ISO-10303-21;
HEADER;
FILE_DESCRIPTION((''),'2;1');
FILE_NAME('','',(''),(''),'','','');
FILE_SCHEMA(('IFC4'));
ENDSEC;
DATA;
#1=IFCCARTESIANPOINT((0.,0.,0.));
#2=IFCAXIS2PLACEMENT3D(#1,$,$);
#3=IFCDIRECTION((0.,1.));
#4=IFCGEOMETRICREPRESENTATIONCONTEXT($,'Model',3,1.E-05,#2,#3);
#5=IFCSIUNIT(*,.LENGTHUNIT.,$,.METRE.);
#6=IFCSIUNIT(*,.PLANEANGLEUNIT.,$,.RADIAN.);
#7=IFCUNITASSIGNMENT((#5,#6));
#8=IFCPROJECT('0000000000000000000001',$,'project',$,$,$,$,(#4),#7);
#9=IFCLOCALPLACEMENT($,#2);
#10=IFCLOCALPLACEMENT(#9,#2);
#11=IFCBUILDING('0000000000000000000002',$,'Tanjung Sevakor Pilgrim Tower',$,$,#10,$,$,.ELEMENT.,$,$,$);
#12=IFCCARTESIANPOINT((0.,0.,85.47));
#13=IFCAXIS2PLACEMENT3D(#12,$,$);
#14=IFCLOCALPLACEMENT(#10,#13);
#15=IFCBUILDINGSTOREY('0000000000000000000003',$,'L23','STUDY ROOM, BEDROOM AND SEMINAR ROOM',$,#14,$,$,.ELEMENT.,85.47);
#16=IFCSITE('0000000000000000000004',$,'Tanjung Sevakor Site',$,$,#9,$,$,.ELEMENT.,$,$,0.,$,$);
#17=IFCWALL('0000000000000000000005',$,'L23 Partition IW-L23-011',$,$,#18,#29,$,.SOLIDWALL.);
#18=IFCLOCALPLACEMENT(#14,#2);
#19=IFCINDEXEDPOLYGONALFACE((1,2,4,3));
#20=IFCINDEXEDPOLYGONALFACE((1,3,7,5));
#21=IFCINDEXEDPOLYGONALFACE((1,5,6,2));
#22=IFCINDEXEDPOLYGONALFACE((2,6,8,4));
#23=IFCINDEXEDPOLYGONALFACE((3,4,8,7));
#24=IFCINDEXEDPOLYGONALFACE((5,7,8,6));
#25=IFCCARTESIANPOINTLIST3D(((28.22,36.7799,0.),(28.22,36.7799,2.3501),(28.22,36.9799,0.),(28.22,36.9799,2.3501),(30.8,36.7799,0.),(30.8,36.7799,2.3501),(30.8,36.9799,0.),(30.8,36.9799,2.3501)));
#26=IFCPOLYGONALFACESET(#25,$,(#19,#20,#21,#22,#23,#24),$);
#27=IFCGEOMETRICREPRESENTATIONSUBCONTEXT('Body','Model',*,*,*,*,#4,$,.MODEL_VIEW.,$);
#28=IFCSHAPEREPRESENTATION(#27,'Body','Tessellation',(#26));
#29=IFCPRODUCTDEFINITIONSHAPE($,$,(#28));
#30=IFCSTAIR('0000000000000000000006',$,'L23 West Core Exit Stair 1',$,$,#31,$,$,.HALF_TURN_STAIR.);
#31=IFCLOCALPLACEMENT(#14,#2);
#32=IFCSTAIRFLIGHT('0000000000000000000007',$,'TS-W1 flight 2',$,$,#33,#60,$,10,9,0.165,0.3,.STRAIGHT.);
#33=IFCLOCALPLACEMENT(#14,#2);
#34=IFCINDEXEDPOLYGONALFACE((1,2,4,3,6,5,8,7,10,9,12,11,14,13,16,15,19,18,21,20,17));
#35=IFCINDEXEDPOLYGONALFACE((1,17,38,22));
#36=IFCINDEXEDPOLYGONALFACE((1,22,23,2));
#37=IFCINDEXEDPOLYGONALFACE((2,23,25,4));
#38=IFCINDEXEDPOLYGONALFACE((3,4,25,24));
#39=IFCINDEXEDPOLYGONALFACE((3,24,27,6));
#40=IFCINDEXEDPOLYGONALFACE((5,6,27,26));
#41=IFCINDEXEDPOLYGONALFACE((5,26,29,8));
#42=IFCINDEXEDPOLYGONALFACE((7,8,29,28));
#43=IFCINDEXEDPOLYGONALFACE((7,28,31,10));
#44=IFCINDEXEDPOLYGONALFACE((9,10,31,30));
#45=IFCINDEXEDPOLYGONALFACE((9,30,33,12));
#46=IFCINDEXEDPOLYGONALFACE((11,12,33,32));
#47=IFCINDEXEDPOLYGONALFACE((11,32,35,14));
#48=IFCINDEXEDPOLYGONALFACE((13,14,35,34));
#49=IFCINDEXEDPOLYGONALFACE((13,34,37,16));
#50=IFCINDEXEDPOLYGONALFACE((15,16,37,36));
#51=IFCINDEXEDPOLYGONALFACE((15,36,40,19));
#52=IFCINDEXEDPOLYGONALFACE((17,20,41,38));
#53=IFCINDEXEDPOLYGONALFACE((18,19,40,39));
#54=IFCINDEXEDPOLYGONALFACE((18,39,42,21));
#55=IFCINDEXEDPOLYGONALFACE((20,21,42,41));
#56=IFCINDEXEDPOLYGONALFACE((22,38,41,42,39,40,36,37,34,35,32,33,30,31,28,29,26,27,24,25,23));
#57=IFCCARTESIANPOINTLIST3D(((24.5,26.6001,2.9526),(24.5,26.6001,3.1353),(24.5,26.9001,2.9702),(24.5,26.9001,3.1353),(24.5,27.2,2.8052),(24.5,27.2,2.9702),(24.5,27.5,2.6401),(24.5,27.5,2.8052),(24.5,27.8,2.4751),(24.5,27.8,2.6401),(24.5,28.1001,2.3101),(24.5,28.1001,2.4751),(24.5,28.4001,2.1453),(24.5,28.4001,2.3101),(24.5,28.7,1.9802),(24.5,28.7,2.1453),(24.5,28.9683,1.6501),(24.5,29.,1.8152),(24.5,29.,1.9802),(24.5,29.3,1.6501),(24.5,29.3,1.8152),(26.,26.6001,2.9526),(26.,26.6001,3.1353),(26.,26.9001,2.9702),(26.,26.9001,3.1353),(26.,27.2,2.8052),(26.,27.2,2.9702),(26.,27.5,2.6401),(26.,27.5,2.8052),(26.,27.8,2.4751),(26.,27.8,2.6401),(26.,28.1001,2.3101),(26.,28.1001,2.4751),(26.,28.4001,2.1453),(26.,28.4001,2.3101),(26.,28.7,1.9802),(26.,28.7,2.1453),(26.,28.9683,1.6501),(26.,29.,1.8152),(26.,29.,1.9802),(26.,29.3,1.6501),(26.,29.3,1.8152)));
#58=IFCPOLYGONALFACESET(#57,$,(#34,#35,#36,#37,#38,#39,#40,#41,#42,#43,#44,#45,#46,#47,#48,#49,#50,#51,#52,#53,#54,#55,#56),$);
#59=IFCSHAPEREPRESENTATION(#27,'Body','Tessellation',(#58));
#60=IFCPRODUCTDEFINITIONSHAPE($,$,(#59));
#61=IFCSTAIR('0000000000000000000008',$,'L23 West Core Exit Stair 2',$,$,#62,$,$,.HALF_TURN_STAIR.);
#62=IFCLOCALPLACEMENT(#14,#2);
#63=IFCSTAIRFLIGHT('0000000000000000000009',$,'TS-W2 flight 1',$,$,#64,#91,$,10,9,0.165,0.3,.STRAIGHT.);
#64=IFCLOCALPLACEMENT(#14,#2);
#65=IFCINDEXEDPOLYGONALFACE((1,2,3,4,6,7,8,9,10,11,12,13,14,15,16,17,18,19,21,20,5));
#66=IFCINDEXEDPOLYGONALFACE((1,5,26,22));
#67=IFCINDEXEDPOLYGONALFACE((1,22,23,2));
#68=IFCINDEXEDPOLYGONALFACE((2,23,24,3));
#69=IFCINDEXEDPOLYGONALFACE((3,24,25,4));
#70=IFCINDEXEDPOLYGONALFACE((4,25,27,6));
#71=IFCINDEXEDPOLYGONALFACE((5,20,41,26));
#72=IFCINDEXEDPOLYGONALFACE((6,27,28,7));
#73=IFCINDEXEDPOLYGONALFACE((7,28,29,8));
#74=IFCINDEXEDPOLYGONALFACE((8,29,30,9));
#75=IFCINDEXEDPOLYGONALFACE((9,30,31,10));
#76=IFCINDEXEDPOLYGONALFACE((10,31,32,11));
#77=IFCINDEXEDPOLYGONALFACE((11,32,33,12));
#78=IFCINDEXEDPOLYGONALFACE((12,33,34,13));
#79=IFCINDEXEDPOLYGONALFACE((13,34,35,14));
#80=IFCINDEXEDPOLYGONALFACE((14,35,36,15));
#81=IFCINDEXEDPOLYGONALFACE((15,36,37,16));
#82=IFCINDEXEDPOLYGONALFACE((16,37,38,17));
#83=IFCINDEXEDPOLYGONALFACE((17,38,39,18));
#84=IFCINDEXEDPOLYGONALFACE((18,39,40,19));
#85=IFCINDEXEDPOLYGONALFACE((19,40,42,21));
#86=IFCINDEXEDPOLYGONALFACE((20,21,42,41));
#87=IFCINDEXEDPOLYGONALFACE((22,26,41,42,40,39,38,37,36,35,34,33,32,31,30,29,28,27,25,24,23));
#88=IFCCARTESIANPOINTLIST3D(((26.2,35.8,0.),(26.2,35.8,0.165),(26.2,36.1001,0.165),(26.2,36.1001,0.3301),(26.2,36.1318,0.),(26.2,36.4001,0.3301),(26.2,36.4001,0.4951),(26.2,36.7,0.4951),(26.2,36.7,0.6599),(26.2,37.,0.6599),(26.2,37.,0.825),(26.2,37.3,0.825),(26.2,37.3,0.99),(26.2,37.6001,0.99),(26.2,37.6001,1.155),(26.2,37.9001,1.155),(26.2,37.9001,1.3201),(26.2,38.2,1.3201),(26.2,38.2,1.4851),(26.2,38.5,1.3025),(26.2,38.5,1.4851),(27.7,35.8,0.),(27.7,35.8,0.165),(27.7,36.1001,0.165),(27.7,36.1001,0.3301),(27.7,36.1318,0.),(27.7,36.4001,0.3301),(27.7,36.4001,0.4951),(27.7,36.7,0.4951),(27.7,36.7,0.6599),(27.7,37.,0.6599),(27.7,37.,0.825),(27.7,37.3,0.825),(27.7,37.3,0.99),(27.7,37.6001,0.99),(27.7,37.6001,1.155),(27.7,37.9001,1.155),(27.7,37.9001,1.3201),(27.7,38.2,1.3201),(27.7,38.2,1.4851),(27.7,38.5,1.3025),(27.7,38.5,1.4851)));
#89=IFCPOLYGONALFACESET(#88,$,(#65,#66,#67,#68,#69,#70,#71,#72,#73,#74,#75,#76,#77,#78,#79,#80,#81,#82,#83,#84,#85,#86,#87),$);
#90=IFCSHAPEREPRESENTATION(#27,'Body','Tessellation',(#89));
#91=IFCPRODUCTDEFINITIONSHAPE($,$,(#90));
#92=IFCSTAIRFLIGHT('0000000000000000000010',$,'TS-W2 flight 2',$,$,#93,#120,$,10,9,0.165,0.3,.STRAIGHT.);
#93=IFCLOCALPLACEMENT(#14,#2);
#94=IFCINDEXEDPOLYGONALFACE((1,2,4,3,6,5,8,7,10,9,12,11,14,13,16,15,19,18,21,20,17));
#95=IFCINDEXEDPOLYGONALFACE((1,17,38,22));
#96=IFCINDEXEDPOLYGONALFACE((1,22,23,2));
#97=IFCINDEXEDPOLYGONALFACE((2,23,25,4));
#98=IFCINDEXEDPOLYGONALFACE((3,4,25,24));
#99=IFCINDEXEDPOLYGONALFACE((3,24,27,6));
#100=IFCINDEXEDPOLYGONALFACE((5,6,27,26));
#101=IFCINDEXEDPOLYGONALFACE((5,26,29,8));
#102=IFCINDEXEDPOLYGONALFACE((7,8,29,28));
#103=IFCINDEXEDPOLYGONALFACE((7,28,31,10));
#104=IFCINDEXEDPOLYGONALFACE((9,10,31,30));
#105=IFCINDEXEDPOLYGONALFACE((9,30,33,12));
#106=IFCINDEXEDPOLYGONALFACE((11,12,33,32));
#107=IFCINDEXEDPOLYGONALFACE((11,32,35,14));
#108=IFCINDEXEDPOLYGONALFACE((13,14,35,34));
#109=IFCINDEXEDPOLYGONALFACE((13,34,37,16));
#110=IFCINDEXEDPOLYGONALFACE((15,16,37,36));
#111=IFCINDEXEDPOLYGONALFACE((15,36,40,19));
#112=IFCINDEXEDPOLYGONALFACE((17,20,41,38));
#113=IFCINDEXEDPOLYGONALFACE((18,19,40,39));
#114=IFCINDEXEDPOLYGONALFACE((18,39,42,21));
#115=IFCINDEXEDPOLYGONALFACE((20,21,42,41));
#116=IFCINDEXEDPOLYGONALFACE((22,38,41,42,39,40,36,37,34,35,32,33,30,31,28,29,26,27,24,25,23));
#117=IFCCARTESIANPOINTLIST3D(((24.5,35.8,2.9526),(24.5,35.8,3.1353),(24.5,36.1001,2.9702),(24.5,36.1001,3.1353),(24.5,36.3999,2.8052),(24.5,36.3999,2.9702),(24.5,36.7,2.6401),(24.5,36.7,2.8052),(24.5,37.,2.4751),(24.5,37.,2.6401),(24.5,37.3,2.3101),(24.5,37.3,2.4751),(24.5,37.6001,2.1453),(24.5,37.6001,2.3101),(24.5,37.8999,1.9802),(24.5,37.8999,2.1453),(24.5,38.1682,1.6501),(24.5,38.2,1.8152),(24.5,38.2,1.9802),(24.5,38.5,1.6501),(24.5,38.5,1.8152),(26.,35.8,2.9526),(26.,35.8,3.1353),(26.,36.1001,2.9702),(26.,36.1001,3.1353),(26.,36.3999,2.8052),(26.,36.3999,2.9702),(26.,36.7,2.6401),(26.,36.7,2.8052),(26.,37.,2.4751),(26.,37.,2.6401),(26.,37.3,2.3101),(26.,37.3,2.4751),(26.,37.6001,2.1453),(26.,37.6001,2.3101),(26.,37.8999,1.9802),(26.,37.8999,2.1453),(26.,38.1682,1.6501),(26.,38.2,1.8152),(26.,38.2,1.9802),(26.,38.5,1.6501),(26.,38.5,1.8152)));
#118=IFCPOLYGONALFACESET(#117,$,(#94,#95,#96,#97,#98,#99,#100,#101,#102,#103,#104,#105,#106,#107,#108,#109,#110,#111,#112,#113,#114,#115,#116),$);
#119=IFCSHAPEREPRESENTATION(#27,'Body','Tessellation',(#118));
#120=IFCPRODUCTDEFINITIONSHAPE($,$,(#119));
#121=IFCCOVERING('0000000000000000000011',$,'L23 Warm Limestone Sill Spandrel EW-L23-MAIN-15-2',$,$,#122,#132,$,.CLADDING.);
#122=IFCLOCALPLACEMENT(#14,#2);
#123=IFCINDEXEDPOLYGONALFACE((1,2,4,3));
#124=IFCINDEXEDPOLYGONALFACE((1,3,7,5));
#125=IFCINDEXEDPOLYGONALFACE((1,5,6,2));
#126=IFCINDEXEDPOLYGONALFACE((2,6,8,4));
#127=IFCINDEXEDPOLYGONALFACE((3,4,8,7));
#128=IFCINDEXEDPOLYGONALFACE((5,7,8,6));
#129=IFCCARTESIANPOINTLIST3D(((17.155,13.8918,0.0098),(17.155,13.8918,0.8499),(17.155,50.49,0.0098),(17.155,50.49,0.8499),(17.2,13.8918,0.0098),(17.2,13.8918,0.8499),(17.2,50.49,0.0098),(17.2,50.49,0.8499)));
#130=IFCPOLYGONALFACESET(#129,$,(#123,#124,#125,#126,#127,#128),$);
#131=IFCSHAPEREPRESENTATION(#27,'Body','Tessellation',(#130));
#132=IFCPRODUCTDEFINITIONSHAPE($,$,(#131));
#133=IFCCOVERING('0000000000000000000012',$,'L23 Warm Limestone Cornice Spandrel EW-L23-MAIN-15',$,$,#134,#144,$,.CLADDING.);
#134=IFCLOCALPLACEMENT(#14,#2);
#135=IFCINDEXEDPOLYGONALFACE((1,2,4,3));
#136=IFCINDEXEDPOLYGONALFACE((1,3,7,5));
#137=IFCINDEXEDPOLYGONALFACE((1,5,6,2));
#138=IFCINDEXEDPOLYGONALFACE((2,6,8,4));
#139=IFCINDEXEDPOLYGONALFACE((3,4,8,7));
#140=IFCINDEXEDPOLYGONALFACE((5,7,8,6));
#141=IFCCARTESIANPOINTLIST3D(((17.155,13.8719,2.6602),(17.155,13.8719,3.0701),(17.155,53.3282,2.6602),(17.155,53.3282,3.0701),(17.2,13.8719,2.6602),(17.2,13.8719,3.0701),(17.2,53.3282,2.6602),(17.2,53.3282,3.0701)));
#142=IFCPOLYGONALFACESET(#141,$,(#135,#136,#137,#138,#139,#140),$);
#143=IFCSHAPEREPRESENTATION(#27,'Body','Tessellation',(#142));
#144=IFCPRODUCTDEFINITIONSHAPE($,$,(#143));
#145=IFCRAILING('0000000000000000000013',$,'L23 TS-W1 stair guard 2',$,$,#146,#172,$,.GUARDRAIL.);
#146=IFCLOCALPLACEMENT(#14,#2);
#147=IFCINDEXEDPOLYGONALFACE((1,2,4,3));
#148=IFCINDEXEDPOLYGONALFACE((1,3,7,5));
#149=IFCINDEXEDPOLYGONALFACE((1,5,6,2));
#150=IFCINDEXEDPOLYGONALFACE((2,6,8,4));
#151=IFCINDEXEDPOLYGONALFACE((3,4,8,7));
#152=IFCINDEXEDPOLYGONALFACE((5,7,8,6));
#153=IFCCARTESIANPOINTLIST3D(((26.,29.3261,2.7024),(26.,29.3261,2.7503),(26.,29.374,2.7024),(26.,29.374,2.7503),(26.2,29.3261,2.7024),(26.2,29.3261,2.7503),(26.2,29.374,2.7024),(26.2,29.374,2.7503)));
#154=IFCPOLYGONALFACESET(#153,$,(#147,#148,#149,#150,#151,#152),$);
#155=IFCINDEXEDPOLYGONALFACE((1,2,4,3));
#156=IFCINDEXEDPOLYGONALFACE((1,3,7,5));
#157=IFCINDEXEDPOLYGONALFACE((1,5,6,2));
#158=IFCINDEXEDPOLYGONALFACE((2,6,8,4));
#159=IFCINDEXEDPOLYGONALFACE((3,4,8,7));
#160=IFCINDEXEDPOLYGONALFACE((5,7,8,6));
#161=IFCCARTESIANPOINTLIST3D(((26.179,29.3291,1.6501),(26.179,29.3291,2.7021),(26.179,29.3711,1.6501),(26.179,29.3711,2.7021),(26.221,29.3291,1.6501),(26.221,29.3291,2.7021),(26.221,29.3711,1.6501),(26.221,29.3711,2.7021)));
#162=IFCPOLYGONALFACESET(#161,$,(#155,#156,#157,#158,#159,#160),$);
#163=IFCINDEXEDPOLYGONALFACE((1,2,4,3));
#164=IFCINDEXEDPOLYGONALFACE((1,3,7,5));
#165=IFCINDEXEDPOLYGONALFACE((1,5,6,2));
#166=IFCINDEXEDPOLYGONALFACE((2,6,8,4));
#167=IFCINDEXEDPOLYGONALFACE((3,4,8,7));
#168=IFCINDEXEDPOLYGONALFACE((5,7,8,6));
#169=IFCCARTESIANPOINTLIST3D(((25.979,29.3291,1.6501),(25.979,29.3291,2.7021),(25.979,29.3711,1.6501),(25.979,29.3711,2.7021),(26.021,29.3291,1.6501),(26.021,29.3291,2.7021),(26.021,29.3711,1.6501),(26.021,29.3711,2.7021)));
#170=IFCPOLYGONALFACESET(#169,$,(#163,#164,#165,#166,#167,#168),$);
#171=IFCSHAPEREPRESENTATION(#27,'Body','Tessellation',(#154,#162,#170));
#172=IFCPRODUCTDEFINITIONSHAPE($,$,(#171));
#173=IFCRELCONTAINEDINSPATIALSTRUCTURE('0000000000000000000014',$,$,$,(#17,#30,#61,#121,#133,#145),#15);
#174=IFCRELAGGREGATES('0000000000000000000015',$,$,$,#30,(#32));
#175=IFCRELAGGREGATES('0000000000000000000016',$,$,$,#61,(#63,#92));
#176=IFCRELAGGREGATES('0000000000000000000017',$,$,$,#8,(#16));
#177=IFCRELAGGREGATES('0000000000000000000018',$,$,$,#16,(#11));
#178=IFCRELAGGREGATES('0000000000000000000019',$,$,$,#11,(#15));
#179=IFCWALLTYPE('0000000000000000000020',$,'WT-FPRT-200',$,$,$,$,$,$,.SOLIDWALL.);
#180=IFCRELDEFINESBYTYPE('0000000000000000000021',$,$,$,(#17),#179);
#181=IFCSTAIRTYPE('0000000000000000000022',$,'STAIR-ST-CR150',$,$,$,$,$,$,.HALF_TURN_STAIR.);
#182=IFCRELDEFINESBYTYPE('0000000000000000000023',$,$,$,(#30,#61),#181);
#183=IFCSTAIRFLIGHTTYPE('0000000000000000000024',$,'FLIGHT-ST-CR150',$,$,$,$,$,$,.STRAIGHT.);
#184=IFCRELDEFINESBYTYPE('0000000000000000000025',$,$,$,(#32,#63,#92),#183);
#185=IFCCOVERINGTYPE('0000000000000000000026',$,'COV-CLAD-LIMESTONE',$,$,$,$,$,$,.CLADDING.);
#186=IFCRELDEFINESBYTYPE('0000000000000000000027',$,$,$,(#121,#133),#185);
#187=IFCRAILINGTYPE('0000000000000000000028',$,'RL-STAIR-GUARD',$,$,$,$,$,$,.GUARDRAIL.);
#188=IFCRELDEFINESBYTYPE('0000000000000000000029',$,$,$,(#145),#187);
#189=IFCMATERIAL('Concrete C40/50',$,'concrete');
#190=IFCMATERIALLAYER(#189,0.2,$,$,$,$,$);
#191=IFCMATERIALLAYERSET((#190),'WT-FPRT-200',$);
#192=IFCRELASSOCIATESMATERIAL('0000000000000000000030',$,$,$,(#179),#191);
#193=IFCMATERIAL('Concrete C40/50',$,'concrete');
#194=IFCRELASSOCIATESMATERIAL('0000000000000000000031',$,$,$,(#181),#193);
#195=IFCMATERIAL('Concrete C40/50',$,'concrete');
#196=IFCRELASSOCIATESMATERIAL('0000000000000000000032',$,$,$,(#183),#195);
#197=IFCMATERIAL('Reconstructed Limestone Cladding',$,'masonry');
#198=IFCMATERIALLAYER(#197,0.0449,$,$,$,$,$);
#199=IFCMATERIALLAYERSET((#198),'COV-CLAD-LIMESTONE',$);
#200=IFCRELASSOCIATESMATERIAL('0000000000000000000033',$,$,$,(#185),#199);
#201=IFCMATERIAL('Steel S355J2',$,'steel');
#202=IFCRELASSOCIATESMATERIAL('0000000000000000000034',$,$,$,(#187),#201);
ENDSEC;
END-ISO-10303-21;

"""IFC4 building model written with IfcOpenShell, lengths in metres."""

from ifc_helpers import new_model, si_unit, direction, frame, frame_2d, origin, origin_2d, place, context, subcontext, project, spatial, polyline, rectangle, outline, extrude, material, layer, layer_set, type_object, element, aggregate, save


model = new_model("IFC4")

# Units and contexts
model_context = context("Model", 3, precision=1e-05, world=origin(), true_north=direction((0.0, 1.0)))
body_context = subcontext(model_context, "Body", "Model", "MODEL_VIEW")
ifc_project = project(units=[si_unit("LENGTHUNIT", "METRE"), si_unit("PLANEANGLEUNIT", "RADIAN")], contexts=[model_context])

# Site, building, storey
site_placement = place(None, origin())
site = spatial("IfcSite", under=ifc_project, at=site_placement, Name="Tanjung Sevakor Site", CompositionType="ELEMENT", RefElevation=0.0)
building_placement = place(site_placement, origin())
building = spatial("IfcBuilding", under=site, at=building_placement, Name="Tanjung Sevakor Pilgrim Tower", CompositionType="ELEMENT")
storey_placement = place(building_placement, frame((0.0, 0.0, 85.47)))
storey = spatial("IfcBuildingStorey", under=building, at=storey_placement, Name="L23", Description="STUDY ROOM, BEDROOM AND SEMINAR ROOM", CompositionType="ELEMENT", Elevation=85.47)

# Wall
ifc_material_1 = material(Name="Concrete C40/50", Category="concrete")
ifc_layer_1 = layer(ifc_material_1, 0.2)
ifc_layer_set_1 = layer_set([ifc_layer_1], Name="WT-FPRT-200")
wall_type_1 = type_object("IfcWallType", Name="WT-FPRT-200", PredefinedType="SOLIDWALL", material=ifc_layer_set_1)
wall_1_placement = place(storey_placement, frame((28.22, 36.8799, 0.0), z_axis=(0.0, 0.0, 1.0), x_axis=(1.0, 0.0, 0.0)))
element("IfcWall", 1, at=wall_1_placement, inside=storey, type_object=wall_type_1, Name="L23 Partition IW-L23-011", PredefinedType="SOLIDWALL", context=body_context, shape_type="SweptSolid", body=[
    extrude(rectangle(XDim=2.5801, YDim=0.2, at=frame_2d((1.29, 0.0))), origin(), (0.0, 0.0, 1.0), 2.3501),
])

# Stair, stair flight
ifc_material_2 = material(Name="Concrete C40/50", Category="concrete")
stair_type = type_object("IfcStairType", Name="STAIR-ST-CR150", PredefinedType="HALF_TURN_STAIR", material=ifc_material_2)
stair_1_placement = place(storey_placement, origin())
stair_1 = element("IfcStair", 2, at=stair_1_placement, inside=storey, type_object=stair_type, Name="L23 West Core Exit Stair 1", PredefinedType="HALF_TURN_STAIR")
ifc_material_3 = material(Name="Concrete C40/50", Category="concrete")
stair_flight_type = type_object("IfcStairFlightType", Name="FLIGHT-ST-CR150", PredefinedType="STRAIGHT", material=ifc_material_3)
stair_flight_1_placement = place(storey_placement, frame((25.25, 29.3, 1.6501), z_axis=(0.0, 0.0, 1.0), x_axis=(0.0, -1.0, 0.0)))
stair_flight_1 = element("IfcStairFlight", 3, at=stair_flight_1_placement, type_object=stair_flight_type, Name="TS-W1 flight 2", NumberOfRisers=10, NumberOfTreads=9, PredefinedType="STRAIGHT", RiserHeight=0.165, TreadLength=0.3, context=body_context, shape_type="SweptSolid", body=[
    extrude(outline(polyline([(0.0, 0.0), (0.0, 0.165), (0.3, 0.165), (0.3, 0.3301), (0.6001, 0.3301), (0.6001, 0.4951), (0.8999, 0.4951), (0.8999, 0.6599), (1.2, 0.6599), (1.2, 0.825), (1.5, 0.825), (1.5, 0.99), (1.8, 0.99), (1.8, 1.155), (2.1001, 1.155), (2.1001, 1.3201), (2.3999, 1.3201), (2.3999, 1.4851), (2.7, 1.4851), (2.7, 1.6499), (2.7, 1.3025), (0.3318, 0.0), (0.0, 0.0)])), frame((0.0, 0.75, 0.0), z_axis=(0.0, -1.0, 0.0), x_axis=(1.0, 0.0, 0.0)), (0.0, 0.0, 1.0), 1.5),
])
aggregate(stair_1, [stair_flight_1])

# Stair, stair flights
stair_2_placement = place(storey_placement, origin())
stair_2 = element("IfcStair", 4, at=stair_2_placement, inside=storey, type_object=stair_type, Name="L23 West Core Exit Stair 2", PredefinedType="HALF_TURN_STAIR")
stair_flight_2_placement = place(storey_placement, frame((26.95, 35.8, 0.0), z_axis=(0.0, 0.0, 1.0), x_axis=(0.0, 1.0, 0.0)))
stair_flight_2 = element("IfcStairFlight", 5, at=stair_flight_2_placement, type_object=stair_flight_type, Name="TS-W2 flight 1", NumberOfRisers=10, NumberOfTreads=9, PredefinedType="STRAIGHT", RiserHeight=0.165, TreadLength=0.3, context=body_context, shape_type="SweptSolid", body=[
    extrude(outline(polyline([(0.0, 0.0), (0.0, 0.165), (0.3, 0.165), (0.3, 0.3301), (0.6001, 0.3301), (0.6001, 0.4951), (0.8999, 0.4951), (0.8999, 0.6599), (1.2, 0.6599), (1.2, 0.825), (1.5, 0.825), (1.5, 0.99), (1.8, 0.99), (1.8, 1.155), (2.1001, 1.155), (2.1001, 1.3201), (2.3999, 1.3201), (2.3999, 1.4851), (2.7, 1.4851), (2.7, 1.6499), (2.7, 1.3025), (0.3318, 0.0), (0.0, 0.0)])), frame((0.0, 0.75, 0.0), z_axis=(0.0, -1.0, 0.0), x_axis=(1.0, 0.0, 0.0)), (0.0, 0.0, 1.0), 1.5),
])
stair_flight_3_placement = place(storey_placement, frame((25.25, 38.5, 1.6501), z_axis=(0.0, 0.0, 1.0), x_axis=(0.0, -1.0, 0.0)))
stair_flight_3 = element("IfcStairFlight", 6, at=stair_flight_3_placement, type_object=stair_flight_type, Name="TS-W2 flight 2", NumberOfRisers=10, NumberOfTreads=9, PredefinedType="STRAIGHT", RiserHeight=0.165, TreadLength=0.3, context=body_context, shape_type="SweptSolid", body=[
    extrude(outline(polyline([(0.0, 0.0), (0.0, 0.165), (0.3, 0.165), (0.3, 0.3301), (0.6001, 0.3301), (0.6001, 0.4951), (0.8999, 0.4951), (0.8999, 0.6599), (1.2, 0.6599), (1.2, 0.825), (1.5, 0.825), (1.5, 0.99), (1.8, 0.99), (1.8, 1.155), (2.1001, 1.155), (2.1001, 1.3201), (2.3999, 1.3201), (2.3999, 1.4851), (2.7, 1.4851), (2.7, 1.6499), (2.7, 1.3025), (0.3318, 0.0), (0.0, 0.0)])), frame((0.0, 0.75, 0.0), z_axis=(0.0, -1.0, 0.0), x_axis=(1.0, 0.0, 0.0)), (0.0, 0.0, 1.0), 1.5),
])
aggregate(stair_2, [stair_flight_2, stair_flight_3])

# Coverings
ifc_material_4 = material(Name="Reconstructed Limestone Cladding", Category="masonry")
ifc_layer_2 = layer(ifc_material_4, 0.0449)
ifc_layer_set_2 = layer_set([ifc_layer_2], Name="COV-CLAD-LIMESTONE")
covering_type = type_object("IfcCoveringType", Name="COV-CLAD-LIMESTONE", PredefinedType="CLADDING", material=ifc_layer_set_2)
covering_1_placement = place(storey_placement, frame((17.1775, 32.1909, 0.0098), z_axis=(0.0, 0.0, 1.0), x_axis=(0.0, -1.0, 0.0)))
element("IfcCovering", 7, at=covering_1_placement, inside=storey, type_object=covering_type, Name="L23 Warm Limestone Sill Spandrel EW-L23-MAIN-15-2", PredefinedType="CLADDING", context=body_context, shape_type="SweptSolid", body=[
    extrude(rectangle(XDim=36.5981, YDim=0.0449, at=origin_2d()), origin(), (0.0, 0.0, 1.0), 0.8401),
])
covering_2_placement = place(storey_placement, frame((17.1775, 33.6001, 2.6602), z_axis=(0.0, 0.0, 1.0), x_axis=(0.0, -1.0, 0.0)))
element("IfcCovering", 8, at=covering_2_placement, inside=storey, type_object=covering_type, Name="L23 Warm Limestone Cornice Spandrel EW-L23-MAIN-15", PredefinedType="CLADDING", context=body_context, shape_type="SweptSolid", body=[
    extrude(rectangle(XDim=39.4563, YDim=0.0449, at=origin_2d()), origin(), (0.0, 0.0, 1.0), 0.4099),
])

# Railing
ifc_material_5 = material(Name="Steel S355J2", Category="steel")
railing_type_1 = type_object("IfcRailingType", Name="RL-STAIR-GUARD", PredefinedType="GUARDRAIL", material=ifc_material_5)
railing_1_placement = place(storey_placement, frame((26.2, 29.3501, 1.6501)))
element("IfcRailing", 9, at=railing_1_placement, inside=storey, type_object=railing_type_1, Name="L23 TS-W1 stair guard 2", PredefinedType="GUARDRAIL", context=body_context, shape_type="SweptSolid", body=[
    extrude(rectangle(XDim=0.0479, YDim=0.0479), frame((0.0, 0.0, 1.0762), z_axis=(-1.0, 0.0, 0.0), x_axis=(0.0, -1.0, 0.0)), (0.0, 0.0, 1.0), 0.2),
    extrude(rectangle(XDim=0.042, YDim=0.042), origin(), (0.0, 0.0, 1.0), 1.052),
    extrude(rectangle(XDim=0.042, YDim=0.042), frame((-0.2, 0.0, 0.0)), (0.0, 0.0, 1.0), 1.052),
])

save(model, "model.ifc")
